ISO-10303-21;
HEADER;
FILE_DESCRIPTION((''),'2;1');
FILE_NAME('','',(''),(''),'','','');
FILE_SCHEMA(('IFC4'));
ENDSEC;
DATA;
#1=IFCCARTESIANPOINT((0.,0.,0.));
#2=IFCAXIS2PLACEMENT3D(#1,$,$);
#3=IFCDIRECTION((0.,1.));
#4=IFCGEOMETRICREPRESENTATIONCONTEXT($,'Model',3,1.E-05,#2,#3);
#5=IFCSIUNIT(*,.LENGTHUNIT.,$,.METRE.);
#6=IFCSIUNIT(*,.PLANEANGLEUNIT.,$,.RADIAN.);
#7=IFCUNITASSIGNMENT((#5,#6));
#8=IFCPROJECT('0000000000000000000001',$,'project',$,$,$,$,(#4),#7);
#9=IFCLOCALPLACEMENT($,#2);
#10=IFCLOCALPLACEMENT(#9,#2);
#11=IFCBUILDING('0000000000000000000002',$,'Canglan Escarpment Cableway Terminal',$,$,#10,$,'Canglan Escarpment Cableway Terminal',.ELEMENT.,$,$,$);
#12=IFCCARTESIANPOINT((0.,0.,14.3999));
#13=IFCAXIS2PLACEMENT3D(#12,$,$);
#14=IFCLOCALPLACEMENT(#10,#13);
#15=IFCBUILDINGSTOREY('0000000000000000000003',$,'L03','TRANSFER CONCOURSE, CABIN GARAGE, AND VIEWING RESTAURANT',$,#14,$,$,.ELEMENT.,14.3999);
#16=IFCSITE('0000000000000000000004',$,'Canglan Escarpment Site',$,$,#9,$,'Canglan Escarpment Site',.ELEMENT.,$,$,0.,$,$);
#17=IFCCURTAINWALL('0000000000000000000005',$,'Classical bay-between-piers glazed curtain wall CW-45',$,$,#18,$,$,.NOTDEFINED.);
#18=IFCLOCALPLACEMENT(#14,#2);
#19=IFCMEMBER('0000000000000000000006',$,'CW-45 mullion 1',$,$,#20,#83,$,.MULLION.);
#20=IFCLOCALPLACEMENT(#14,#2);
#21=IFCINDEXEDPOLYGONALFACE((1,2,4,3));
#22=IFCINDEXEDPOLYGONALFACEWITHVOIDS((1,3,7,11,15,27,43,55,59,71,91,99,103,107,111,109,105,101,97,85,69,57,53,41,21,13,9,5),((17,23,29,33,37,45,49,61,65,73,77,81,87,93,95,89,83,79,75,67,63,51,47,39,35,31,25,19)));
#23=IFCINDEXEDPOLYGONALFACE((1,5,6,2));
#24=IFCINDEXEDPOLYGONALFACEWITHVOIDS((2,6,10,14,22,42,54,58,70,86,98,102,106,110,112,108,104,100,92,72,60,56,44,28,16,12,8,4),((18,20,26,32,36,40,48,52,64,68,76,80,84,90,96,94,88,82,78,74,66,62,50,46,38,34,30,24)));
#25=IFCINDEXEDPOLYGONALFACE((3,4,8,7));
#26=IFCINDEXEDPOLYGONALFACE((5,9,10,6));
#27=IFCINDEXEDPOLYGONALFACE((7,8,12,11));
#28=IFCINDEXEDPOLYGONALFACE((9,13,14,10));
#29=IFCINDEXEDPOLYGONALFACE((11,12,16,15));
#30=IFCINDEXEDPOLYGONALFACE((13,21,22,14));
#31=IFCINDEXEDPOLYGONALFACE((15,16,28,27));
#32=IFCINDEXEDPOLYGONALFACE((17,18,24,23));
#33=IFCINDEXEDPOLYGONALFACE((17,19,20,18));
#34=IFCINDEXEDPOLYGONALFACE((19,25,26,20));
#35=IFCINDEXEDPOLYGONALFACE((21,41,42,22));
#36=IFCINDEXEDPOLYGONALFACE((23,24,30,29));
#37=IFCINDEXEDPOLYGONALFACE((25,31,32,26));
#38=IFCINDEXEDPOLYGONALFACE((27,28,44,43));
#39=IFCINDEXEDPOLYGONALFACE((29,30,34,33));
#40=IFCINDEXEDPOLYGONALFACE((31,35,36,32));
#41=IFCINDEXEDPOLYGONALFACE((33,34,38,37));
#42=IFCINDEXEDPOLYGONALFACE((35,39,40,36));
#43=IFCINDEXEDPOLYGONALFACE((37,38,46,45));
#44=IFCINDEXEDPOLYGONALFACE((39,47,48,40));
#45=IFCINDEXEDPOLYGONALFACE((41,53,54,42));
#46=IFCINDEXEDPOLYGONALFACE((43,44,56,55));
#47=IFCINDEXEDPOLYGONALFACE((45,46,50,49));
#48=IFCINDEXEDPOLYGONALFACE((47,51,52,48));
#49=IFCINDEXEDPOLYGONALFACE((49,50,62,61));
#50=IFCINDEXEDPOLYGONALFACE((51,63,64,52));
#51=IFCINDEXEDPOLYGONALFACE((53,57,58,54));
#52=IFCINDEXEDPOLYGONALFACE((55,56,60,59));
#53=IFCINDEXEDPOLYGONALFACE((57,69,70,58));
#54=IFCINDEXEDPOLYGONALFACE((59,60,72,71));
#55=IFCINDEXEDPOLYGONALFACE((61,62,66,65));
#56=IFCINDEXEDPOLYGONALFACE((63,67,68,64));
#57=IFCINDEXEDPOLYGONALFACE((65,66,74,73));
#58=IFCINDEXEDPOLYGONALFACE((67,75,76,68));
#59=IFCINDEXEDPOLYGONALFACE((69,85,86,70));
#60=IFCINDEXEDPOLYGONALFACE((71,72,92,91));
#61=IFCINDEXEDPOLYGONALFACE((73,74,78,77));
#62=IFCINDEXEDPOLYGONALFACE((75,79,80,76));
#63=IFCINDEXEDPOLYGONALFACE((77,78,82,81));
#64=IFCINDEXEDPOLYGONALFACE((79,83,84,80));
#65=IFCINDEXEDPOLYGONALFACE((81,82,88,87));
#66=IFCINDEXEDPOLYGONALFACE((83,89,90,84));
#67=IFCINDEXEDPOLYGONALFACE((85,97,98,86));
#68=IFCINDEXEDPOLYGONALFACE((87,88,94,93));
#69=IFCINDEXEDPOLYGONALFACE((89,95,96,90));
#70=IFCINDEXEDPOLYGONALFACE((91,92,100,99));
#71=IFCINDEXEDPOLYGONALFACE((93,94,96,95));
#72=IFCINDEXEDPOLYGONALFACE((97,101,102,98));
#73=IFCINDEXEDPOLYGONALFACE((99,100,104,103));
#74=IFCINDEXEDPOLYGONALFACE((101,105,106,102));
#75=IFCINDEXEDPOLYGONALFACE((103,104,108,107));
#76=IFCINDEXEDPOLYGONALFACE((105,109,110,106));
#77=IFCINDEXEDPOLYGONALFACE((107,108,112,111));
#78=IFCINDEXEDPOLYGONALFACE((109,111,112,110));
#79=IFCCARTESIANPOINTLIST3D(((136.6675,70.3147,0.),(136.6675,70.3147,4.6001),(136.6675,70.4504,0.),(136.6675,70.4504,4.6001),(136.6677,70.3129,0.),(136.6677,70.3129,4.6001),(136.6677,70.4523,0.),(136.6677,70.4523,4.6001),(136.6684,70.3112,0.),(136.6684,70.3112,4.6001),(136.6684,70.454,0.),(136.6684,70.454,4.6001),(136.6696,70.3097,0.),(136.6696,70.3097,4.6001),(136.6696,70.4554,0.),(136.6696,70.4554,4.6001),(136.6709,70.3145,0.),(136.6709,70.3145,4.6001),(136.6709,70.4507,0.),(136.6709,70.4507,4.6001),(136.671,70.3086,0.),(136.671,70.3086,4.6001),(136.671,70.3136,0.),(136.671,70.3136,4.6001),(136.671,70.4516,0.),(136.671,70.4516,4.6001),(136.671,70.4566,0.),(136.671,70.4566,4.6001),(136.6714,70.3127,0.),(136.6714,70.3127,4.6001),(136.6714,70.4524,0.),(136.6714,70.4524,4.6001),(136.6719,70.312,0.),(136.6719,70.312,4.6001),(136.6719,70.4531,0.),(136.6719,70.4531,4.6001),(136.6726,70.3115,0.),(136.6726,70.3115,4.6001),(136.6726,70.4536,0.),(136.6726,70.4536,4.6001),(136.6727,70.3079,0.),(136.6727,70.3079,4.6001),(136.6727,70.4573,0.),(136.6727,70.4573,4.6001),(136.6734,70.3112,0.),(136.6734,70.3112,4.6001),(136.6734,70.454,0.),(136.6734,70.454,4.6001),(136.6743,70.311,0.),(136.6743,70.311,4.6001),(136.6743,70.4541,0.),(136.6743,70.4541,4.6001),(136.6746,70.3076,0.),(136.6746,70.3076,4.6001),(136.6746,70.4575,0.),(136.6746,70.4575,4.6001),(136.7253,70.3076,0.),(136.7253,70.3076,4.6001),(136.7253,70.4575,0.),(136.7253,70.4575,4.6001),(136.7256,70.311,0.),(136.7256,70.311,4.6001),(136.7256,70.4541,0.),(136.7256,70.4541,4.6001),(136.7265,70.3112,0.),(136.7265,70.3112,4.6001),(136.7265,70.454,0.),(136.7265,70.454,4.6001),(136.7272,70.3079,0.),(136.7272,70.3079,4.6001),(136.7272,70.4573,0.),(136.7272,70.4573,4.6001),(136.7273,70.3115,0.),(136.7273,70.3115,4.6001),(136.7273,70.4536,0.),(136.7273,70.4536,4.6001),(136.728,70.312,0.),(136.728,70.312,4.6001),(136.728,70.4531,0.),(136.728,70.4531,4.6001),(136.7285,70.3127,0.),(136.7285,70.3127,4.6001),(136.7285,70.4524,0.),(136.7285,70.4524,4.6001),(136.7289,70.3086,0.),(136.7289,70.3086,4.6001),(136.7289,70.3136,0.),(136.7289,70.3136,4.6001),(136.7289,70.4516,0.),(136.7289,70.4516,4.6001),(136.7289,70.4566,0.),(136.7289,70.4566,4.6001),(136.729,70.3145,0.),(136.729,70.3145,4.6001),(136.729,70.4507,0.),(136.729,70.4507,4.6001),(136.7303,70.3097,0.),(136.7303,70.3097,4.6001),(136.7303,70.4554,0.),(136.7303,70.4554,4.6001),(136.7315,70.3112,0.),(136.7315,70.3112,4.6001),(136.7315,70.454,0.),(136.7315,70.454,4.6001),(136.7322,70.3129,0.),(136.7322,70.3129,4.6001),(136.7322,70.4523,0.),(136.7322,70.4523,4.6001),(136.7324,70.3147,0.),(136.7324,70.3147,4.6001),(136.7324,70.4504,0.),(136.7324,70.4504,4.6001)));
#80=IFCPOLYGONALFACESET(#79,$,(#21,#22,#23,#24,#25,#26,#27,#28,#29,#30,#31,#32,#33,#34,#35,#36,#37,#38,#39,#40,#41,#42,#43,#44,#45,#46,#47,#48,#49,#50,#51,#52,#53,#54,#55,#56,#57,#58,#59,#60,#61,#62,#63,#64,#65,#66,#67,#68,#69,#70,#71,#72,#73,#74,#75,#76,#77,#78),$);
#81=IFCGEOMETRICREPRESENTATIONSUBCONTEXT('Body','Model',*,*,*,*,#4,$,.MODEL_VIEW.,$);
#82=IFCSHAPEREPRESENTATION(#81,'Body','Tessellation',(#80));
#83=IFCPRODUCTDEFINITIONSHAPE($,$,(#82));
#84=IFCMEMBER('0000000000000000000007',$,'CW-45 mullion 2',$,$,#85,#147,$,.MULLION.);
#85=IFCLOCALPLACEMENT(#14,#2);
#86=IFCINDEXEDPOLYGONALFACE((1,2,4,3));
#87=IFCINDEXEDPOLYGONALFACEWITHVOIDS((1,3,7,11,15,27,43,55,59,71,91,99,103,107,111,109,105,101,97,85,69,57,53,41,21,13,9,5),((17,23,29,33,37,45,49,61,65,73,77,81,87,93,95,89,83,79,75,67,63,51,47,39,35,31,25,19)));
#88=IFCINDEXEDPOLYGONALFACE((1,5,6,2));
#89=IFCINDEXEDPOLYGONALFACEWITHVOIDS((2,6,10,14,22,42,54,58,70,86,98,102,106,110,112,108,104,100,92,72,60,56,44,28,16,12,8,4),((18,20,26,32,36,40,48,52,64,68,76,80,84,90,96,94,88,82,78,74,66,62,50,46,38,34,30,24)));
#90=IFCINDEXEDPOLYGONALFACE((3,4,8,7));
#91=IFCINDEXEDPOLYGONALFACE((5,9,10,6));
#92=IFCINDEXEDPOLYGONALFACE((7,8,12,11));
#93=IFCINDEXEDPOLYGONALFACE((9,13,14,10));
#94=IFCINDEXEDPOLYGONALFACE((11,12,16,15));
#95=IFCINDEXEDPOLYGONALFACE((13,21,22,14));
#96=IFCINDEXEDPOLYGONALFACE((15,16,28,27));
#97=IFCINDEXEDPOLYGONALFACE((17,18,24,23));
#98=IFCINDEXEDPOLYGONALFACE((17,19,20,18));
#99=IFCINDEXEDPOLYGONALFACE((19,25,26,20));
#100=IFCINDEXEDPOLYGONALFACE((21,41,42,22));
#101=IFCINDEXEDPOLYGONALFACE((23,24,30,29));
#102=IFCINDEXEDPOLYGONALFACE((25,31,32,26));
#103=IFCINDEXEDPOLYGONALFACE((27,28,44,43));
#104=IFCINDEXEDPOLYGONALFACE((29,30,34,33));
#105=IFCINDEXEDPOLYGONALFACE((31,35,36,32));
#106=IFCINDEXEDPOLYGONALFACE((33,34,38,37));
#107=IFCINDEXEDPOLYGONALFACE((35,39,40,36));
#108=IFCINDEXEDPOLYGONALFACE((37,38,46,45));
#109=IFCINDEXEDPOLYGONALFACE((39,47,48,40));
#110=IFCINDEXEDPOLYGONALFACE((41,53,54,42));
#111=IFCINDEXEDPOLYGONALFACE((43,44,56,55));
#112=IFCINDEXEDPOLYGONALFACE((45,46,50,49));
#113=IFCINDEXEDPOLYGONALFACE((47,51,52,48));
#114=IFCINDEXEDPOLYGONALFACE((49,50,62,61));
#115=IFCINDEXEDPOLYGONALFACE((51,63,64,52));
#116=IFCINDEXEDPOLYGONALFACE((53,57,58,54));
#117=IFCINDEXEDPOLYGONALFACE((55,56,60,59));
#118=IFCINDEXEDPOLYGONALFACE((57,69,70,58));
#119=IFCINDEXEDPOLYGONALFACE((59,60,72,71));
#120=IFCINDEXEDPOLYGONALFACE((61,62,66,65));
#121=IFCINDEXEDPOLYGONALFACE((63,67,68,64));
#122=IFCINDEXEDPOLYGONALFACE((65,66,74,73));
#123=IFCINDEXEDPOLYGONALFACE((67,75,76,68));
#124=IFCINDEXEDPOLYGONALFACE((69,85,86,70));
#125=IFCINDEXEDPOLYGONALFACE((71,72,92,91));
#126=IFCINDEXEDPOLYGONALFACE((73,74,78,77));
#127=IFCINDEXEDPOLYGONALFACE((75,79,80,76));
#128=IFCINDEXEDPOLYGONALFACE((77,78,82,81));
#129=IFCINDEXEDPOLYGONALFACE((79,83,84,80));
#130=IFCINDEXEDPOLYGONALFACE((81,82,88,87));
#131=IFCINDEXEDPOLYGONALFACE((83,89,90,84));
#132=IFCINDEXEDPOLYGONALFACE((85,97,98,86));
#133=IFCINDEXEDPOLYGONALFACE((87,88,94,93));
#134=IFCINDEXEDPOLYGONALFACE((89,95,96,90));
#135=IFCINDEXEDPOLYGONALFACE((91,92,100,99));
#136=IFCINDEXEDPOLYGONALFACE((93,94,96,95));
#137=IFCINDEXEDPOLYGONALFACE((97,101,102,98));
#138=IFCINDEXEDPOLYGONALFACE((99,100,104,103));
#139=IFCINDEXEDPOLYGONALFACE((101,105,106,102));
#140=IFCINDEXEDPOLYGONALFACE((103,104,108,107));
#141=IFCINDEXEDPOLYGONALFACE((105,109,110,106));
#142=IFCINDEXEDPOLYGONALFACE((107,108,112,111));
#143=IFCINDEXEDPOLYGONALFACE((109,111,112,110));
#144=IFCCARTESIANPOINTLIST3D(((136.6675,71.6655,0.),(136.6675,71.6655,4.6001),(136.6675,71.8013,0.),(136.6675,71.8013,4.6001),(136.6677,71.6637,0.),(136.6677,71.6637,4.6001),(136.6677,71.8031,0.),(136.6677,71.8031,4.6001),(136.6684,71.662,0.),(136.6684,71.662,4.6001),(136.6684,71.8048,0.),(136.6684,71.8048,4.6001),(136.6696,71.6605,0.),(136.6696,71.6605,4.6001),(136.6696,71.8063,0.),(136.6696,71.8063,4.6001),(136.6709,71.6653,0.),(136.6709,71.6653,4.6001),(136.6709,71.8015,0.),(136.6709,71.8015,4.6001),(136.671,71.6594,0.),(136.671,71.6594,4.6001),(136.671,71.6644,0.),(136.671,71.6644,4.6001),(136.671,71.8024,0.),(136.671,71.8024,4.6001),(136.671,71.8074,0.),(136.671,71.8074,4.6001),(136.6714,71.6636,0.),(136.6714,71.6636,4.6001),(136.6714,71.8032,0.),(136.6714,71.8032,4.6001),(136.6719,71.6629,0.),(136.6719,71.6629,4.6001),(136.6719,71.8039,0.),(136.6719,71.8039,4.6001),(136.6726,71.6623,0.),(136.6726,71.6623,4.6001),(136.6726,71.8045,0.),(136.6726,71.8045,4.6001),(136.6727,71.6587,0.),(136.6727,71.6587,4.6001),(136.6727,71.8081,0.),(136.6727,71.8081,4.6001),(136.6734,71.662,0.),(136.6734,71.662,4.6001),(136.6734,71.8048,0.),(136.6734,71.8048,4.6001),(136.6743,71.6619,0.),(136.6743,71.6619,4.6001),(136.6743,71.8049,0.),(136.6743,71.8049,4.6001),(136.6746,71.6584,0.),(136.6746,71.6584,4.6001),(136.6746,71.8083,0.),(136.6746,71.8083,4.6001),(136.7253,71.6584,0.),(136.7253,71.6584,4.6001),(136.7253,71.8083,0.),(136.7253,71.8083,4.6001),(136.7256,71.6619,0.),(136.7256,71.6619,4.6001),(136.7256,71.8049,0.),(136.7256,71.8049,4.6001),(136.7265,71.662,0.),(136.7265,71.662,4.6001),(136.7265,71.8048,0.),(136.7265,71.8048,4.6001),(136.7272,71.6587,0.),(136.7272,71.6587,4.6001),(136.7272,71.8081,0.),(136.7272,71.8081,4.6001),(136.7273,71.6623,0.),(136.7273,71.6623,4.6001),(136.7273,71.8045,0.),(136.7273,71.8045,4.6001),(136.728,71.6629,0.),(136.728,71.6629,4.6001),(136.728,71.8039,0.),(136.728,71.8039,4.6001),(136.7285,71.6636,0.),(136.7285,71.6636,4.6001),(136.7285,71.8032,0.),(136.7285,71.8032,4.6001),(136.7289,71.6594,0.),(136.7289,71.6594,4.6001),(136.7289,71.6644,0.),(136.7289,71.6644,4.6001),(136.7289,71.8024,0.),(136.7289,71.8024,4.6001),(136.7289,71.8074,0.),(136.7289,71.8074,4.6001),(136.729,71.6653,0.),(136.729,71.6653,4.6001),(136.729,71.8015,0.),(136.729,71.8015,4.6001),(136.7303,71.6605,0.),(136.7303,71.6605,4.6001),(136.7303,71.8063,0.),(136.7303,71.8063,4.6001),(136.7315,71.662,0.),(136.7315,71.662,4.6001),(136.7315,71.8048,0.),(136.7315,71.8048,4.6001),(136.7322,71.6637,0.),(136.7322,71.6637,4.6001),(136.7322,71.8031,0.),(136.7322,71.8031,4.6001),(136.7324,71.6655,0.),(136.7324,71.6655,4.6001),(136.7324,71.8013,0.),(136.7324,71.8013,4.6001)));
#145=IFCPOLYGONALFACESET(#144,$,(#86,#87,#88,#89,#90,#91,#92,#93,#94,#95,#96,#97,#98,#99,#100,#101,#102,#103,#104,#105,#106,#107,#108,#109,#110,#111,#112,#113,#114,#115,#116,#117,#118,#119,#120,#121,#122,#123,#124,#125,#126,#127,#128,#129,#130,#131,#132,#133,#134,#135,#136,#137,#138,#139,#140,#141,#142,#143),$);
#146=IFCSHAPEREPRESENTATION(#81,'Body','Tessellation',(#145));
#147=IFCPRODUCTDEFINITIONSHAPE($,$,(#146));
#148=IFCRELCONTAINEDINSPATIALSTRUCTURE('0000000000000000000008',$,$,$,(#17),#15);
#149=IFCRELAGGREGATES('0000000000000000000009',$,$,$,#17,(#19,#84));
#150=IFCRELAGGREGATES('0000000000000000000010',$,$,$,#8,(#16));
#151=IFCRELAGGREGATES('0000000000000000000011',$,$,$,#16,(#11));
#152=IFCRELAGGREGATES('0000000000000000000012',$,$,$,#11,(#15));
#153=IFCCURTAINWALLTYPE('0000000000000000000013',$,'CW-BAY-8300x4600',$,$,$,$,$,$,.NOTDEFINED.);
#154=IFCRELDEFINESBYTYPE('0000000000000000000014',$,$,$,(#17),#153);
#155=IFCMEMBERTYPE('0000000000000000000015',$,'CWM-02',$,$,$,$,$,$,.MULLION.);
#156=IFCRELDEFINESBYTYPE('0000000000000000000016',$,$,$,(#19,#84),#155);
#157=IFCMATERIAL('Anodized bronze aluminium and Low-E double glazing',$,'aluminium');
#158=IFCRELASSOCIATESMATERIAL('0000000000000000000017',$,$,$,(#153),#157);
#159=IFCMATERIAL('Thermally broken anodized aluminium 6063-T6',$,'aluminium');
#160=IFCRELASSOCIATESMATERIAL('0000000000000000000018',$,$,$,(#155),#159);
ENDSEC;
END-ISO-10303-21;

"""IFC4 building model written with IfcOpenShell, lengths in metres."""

from ifc_helpers import new_model, si_unit, direction, frame, origin, origin_2d, place, context, subcontext, project, spatial, hollow_rectangle, extrude, material, material_profile, profile_set, type_object, element, aggregate, save


model = new_model("IFC4")

# Units and contexts
model_context = context("Model", 3, precision=1e-05, world=origin(), true_north=direction((0.0, 1.0)))
body_context = subcontext(model_context, "Body", "Model", "MODEL_VIEW")
ifc_project = project(units=[si_unit("LENGTHUNIT", "METRE"), si_unit("PLANEANGLEUNIT", "RADIAN")], contexts=[model_context])

# Site, building, storey
site_placement = place(None, origin())
site = spatial("IfcSite", under=ifc_project, at=site_placement, Name="Canglan Escarpment Site", LongName="Canglan Escarpment Site", CompositionType="ELEMENT", RefElevation=0.0)
building_placement = place(site_placement, origin())
building = spatial("IfcBuilding", under=site, at=building_placement, Name="Canglan Escarpment Cableway Terminal", LongName="Canglan Escarpment Cableway Terminal", CompositionType="ELEMENT")
storey_placement = place(building_placement, frame((0.0, 0.0, 14.3999)))
storey = spatial("IfcBuildingStorey", under=building, at=storey_placement, Name="L03", Description="TRANSFER CONCOURSE, CABIN GARAGE, AND VIEWING RESTAURANT", CompositionType="ELEMENT", Elevation=14.3999)

# Curtain wall, members
ifc_material_1 = material(Name="Anodized bronze aluminium and Low-E double glazing", Category="aluminium")
curtain_wall_type = type_object("IfcCurtainWallType", Name="CW-BAY-8300x4600", PredefinedType="NOTDEFINED", material=ifc_material_1)
curtain_wall_placement = place(storey_placement, origin())
curtain_wall = element("IfcCurtainWall", 1, at=curtain_wall_placement, inside=storey, type_object=curtain_wall_type, Name="Classical bay-between-piers glazed curtain wall CW-45", PredefinedType="NOTDEFINED")
ifc_material_2 = material(Name="Thermally broken anodized aluminium 6063-T6", Category="aluminium")
ifc_material_profile_1 = material_profile(ifc_material_2, hollow_rectangle(XDim=0.0649, YDim=0.1499, WallThickness=0.0034, InnerFilletRadius=0.0034, OuterFilletRadius=0.0071, at=origin_2d()), Name="ALU-MULL 65x150x3.5")
ifc_profile_set_1 = profile_set([ifc_material_profile_1], Name="Thermally broken anodized aluminium 6063-T6")
member_type_1 = type_object("IfcMemberType", Name="CWM-02", PredefinedType="MULLION", material=ifc_profile_set_1)
member_1_placement = place(storey_placement, frame((136.7, 70.3826, 0.0), z_axis=(0.0, 0.0, 1.0), x_axis=(-1.0, 0.0, 0.0)))
member_1 = element("IfcMember", 2, at=member_1_placement, type_object=member_type_1, Name="CW-45 mullion 1", PredefinedType="MULLION", context=body_context, shape_type="SweptSolid", body=[
    extrude(hollow_rectangle(XDim=0.0649, YDim=0.1499, WallThickness=0.0034, InnerFilletRadius=0.0034, OuterFilletRadius=0.0071, at=origin_2d()), origin(), (0.0, 0.0, 1.0), 4.6001),
])
member_2_placement = place(storey_placement, frame((136.7, 71.7334, 0.0), z_axis=(0.0, 0.0, 1.0), x_axis=(-1.0, 0.0, 0.0)))
member_2 = element("IfcMember", 3, at=member_2_placement, type_object=member_type_1, Name="CW-45 mullion 2", PredefinedType="MULLION", context=body_context, shape_type="SweptSolid", body=[
    extrude(hollow_rectangle(XDim=0.0649, YDim=0.1499, WallThickness=0.0034, InnerFilletRadius=0.0034, OuterFilletRadius=0.0071, at=origin_2d()), origin(), (0.0, 0.0, 1.0), 4.6001),
])
aggregate(curtain_wall, [member_1, member_2])

save(model, "model.ifc")
